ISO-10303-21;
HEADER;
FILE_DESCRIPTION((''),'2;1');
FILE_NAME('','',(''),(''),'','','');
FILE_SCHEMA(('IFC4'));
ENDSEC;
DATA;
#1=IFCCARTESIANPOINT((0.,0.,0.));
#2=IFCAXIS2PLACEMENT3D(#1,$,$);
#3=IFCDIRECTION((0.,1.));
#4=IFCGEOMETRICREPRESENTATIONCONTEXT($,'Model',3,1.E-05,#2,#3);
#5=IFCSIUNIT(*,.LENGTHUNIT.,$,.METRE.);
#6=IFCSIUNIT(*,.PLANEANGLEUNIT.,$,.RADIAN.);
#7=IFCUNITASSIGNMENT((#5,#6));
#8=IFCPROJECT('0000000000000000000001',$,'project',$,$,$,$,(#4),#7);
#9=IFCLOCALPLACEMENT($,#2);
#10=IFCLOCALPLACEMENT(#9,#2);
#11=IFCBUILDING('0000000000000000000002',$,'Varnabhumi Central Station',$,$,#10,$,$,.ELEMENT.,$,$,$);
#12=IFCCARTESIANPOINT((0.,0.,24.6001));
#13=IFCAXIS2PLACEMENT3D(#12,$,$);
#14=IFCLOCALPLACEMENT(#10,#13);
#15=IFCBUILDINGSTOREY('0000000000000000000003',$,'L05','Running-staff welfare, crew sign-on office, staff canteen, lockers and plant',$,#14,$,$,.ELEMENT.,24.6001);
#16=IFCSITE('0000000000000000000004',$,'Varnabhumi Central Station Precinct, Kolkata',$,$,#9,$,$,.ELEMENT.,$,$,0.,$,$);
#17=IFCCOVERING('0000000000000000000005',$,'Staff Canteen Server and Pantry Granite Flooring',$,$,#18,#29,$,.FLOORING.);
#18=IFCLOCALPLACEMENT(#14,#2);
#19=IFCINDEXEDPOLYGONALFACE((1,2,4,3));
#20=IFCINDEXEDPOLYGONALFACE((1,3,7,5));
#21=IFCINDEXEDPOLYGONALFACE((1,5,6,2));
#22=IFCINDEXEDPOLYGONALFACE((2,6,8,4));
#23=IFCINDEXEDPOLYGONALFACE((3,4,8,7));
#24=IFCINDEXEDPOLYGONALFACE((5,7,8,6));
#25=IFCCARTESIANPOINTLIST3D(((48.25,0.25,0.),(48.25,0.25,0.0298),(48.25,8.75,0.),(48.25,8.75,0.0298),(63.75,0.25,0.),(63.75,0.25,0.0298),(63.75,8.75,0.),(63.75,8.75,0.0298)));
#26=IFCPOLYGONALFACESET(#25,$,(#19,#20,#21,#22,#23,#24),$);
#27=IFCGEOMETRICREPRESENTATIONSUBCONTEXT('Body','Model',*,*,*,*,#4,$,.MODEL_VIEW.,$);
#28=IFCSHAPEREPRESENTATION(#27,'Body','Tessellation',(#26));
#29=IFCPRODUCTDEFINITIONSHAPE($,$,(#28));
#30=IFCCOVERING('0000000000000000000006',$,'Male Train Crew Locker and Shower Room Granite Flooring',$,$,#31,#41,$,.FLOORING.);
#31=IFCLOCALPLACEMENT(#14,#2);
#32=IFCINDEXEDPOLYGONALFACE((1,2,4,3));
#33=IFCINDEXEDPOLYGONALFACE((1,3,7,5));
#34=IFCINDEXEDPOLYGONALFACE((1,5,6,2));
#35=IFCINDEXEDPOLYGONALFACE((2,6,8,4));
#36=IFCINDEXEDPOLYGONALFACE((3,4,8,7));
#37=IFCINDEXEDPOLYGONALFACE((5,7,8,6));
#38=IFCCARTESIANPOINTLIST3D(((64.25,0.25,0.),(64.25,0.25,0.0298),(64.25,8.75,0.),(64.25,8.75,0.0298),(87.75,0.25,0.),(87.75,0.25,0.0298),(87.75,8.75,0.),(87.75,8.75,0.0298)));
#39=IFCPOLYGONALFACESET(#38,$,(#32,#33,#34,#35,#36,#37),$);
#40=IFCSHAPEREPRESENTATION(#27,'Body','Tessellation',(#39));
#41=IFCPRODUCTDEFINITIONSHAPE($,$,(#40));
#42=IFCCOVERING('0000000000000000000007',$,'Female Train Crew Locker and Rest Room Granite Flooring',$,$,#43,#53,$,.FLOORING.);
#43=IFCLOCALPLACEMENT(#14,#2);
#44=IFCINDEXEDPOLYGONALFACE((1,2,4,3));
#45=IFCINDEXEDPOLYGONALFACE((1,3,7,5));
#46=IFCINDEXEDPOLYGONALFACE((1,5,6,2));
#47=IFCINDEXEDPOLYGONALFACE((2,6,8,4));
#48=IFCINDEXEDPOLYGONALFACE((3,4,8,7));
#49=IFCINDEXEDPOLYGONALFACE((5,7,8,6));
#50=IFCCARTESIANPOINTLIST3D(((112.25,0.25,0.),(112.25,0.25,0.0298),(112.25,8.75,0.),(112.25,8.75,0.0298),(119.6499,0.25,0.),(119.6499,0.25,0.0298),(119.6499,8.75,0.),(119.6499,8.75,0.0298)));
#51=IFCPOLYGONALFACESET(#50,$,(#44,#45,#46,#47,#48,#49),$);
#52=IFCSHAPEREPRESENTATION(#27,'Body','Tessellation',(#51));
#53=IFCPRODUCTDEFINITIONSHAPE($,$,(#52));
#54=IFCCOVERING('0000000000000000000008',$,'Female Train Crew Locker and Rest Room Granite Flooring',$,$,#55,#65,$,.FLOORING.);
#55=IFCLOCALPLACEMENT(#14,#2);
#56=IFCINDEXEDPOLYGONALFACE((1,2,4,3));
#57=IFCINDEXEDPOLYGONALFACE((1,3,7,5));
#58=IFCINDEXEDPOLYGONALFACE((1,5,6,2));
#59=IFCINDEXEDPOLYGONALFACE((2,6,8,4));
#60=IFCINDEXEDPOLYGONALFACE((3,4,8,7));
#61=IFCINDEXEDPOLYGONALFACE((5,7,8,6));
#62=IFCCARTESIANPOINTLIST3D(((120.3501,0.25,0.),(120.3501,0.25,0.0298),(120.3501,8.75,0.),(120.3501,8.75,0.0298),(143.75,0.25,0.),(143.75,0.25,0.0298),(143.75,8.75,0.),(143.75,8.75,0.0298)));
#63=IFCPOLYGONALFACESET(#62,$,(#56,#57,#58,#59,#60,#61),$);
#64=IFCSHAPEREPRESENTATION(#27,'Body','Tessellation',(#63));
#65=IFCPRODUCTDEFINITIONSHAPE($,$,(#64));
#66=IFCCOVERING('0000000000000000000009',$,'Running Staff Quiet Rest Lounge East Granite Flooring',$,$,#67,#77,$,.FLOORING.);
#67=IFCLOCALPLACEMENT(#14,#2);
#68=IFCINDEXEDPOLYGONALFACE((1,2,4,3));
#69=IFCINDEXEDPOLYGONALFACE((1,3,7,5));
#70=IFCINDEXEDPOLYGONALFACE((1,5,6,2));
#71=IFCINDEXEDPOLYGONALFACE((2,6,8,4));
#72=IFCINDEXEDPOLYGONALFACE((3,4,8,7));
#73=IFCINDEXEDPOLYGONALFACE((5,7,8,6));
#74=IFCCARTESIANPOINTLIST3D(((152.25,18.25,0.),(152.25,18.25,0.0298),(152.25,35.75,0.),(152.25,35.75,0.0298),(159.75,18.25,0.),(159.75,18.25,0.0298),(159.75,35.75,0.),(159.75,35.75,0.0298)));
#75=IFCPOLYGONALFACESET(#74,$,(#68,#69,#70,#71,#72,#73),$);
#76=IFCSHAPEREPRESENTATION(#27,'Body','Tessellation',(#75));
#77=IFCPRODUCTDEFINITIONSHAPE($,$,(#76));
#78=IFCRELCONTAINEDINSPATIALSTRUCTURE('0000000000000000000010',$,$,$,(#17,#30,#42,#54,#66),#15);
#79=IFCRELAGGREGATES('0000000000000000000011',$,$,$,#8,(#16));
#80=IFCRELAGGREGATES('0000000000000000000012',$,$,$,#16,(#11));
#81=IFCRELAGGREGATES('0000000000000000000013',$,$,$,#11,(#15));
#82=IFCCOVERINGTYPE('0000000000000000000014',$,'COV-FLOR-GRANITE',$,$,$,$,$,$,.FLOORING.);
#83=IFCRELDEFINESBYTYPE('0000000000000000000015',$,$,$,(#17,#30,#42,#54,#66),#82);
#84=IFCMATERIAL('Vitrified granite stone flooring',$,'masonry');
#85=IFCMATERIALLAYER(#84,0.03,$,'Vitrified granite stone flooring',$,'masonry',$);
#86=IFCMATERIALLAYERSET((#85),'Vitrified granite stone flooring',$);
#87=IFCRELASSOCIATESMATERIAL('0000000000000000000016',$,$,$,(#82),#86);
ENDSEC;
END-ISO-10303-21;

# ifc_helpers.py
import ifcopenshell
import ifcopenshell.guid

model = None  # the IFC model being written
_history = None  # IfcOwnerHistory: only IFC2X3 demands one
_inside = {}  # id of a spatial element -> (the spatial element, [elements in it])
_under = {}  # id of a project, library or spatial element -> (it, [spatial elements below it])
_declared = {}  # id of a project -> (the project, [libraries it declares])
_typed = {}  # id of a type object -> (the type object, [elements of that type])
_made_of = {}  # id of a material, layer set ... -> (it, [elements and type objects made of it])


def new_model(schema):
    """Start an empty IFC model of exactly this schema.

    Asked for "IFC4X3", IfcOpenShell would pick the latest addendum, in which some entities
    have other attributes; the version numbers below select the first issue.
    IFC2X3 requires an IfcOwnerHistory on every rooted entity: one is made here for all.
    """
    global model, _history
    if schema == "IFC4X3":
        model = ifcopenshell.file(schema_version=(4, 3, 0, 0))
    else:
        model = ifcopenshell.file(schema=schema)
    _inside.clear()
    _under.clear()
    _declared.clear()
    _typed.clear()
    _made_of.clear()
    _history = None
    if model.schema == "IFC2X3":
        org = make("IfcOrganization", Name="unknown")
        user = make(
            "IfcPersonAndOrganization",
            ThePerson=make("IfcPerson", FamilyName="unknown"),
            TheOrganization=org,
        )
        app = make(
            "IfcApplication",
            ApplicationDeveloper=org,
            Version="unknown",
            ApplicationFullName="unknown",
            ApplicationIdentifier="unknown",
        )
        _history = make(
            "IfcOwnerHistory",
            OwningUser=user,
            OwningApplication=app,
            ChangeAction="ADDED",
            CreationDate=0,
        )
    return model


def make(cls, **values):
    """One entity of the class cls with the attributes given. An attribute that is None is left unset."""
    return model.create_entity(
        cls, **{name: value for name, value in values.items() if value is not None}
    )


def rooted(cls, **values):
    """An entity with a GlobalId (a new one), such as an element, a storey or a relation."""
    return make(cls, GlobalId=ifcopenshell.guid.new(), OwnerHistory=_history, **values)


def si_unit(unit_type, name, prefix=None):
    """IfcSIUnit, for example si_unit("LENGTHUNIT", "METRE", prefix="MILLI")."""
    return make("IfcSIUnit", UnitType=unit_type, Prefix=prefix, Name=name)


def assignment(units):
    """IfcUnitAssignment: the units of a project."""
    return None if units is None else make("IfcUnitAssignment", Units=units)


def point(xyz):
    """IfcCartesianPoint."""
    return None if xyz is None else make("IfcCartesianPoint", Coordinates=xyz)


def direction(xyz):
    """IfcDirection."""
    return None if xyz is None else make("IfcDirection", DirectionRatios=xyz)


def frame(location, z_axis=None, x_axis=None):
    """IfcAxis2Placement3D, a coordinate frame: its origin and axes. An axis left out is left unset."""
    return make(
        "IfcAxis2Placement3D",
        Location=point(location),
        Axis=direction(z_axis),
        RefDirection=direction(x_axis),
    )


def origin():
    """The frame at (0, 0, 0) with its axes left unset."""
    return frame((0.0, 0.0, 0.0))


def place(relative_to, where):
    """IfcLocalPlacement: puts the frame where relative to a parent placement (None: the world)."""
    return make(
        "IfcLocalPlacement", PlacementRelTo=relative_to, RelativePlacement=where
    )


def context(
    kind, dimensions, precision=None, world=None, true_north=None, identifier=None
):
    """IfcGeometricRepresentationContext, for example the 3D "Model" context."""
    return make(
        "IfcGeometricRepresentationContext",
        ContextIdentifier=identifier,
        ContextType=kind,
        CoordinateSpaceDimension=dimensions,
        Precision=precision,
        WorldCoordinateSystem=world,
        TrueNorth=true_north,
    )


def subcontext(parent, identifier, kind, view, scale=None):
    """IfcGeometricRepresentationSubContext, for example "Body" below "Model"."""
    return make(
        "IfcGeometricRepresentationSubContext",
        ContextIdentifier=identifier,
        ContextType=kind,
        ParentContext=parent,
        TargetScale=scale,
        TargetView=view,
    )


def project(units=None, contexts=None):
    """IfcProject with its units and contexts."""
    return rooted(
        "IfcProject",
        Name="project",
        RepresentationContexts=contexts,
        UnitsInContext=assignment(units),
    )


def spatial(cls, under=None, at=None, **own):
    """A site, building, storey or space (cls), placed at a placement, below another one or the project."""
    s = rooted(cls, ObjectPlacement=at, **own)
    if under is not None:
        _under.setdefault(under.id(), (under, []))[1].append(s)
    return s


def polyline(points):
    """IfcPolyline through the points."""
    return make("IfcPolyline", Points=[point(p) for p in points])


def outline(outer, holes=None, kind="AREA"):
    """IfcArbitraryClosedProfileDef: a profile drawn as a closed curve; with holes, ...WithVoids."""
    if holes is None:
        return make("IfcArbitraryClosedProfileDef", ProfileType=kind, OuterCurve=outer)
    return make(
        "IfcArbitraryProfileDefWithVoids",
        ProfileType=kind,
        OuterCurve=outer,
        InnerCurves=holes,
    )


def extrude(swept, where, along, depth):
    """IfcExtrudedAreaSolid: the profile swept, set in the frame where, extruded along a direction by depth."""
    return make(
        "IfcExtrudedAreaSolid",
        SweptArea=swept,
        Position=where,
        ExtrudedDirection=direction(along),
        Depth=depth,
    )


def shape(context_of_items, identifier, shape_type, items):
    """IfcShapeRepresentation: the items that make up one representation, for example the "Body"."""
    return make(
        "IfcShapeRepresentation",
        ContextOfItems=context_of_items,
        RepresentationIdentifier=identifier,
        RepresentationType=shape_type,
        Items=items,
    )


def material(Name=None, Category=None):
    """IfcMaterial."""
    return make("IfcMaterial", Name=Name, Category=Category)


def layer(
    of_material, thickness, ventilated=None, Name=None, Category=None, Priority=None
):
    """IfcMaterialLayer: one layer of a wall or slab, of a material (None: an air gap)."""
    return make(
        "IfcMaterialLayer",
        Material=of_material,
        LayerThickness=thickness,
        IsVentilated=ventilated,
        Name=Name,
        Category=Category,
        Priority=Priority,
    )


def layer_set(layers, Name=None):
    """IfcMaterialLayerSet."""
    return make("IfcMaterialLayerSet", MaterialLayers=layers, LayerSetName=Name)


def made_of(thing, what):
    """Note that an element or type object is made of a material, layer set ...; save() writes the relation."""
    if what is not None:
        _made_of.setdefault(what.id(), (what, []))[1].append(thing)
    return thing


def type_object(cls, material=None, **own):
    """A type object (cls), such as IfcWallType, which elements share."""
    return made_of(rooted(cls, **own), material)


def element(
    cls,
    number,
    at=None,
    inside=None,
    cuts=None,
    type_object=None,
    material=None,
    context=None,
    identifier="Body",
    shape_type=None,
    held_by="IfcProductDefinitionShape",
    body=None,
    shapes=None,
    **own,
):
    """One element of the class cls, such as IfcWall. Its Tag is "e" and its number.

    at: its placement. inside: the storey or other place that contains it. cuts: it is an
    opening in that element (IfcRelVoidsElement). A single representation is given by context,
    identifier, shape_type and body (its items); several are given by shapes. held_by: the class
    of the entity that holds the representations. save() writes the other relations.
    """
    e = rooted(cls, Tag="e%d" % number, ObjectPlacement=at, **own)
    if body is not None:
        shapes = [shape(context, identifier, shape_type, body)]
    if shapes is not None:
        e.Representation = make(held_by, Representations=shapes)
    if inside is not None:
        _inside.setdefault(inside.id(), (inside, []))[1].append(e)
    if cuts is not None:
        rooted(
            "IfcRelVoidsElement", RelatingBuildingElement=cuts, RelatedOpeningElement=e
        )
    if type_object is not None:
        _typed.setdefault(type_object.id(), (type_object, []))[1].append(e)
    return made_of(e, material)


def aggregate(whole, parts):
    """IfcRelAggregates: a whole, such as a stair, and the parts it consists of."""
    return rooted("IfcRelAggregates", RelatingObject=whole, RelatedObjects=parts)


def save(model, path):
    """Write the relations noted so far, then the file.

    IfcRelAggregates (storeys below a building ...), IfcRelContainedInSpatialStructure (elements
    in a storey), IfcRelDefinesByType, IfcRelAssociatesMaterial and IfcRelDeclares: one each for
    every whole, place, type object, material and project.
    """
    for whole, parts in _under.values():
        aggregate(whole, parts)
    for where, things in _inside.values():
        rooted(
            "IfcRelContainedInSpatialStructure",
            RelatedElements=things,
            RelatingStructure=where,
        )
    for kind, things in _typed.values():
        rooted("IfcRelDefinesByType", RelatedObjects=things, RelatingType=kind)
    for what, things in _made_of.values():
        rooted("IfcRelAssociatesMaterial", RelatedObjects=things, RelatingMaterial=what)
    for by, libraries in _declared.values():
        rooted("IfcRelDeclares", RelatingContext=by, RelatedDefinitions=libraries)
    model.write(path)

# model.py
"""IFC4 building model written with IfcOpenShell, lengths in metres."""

from ifc_helpers import new_model, si_unit, direction, frame, origin, place, context, subcontext, project, spatial, polyline, outline, extrude, material, layer, layer_set, type_object, element, save


model = new_model("IFC4")

# Units and contexts
model_context = context("Model", 3, precision=1e-05, world=origin(), true_north=direction((0.0, 1.0)))
body_context = subcontext(model_context, "Body", "Model", "MODEL_VIEW")
ifc_project = project(units=[si_unit("LENGTHUNIT", "METRE"), si_unit("PLANEANGLEUNIT", "RADIAN")], contexts=[model_context])

# Site, building, storey
site_placement = place(None, origin())
site = spatial("IfcSite", under=ifc_project, at=site_placement, Name="Varnabhumi Central Station Precinct, Kolkata", CompositionType="ELEMENT", RefElevation=0.0)
building_placement = place(site_placement, origin())
building = spatial("IfcBuilding", under=site, at=building_placement, Name="Varnabhumi Central Station", CompositionType="ELEMENT")
storey_placement = place(building_placement, frame((0.0, 0.0, 24.6001)))
storey = spatial("IfcBuildingStorey", under=building, at=storey_placement, Name="L05", Description="Running-staff welfare, crew sign-on office, staff canteen, lockers and plant", CompositionType="ELEMENT", Elevation=24.6001)

# Coverings
ifc_material_1 = material(Name="Vitrified granite stone flooring", Category="masonry")
ifc_layer_1 = layer(ifc_material_1, 0.03, Name="Vitrified granite stone flooring", Category="masonry")
ifc_layer_set_1 = layer_set([ifc_layer_1], Name="Vitrified granite stone flooring")
covering_type_1 = type_object("IfcCoveringType", Name="COV-FLOR-GRANITE", PredefinedType="FLOORING", material=ifc_layer_set_1)
covering_1_placement = place(storey_placement, origin())
element("IfcCovering", 1, at=covering_1_placement, inside=storey, type_object=covering_type_1, Name="Staff Canteen Server and Pantry Granite Flooring", PredefinedType="FLOORING", context=body_context, shape_type="SweptSolid", body=[
    extrude(outline(polyline([(48.25, 0.25), (63.75, 0.25), (63.75, 8.75), (48.25, 8.75), (48.25, 0.25)])), origin(), (0.0, 0.0, 1.0), 0.0298),
])
covering_2_placement = place(storey_placement, origin())
element("IfcCovering", 2, at=covering_2_placement, inside=storey, type_object=covering_type_1, Name="Male Train Crew Locker and Shower Room Granite Flooring", PredefinedType="FLOORING", context=body_context, shape_type="SweptSolid", body=[
    extrude(outline(polyline([(64.25, 0.25), (87.75, 0.25), (87.75, 8.75), (64.25, 8.75), (64.25, 0.25)])), origin(), (0.0, 0.0, 1.0), 0.0298),
])
covering_3_placement = place(storey_placement, origin())
element("IfcCovering", 3, at=covering_3_placement, inside=storey, type_object=covering_type_1, Name="Female Train Crew Locker and Rest Room Granite Flooring", PredefinedType="FLOORING", context=body_context, shape_type="SweptSolid", body=[
    extrude(outline(polyline([(112.25, 0.25), (119.6499, 0.25), (119.6499, 8.75), (112.25, 8.75), (112.25, 0.25)])), origin(), (0.0, 0.0, 1.0), 0.0298),
])
covering_4_placement = place(storey_placement, origin())
element("IfcCovering", 4, at=covering_4_placement, inside=storey, type_object=covering_type_1, Name="Female Train Crew Locker and Rest Room Granite Flooring", PredefinedType="FLOORING", context=body_context, shape_type="SweptSolid", body=[
    extrude(outline(polyline([(120.3501, 0.25), (143.75, 0.25), (143.75, 8.75), (120.3501, 8.75), (120.3501, 0.25)])), origin(), (0.0, 0.0, 1.0), 0.0298),
])
covering_5_placement = place(storey_placement, origin())
element("IfcCovering", 5, at=covering_5_placement, inside=storey, type_object=covering_type_1, Name="Running Staff Quiet Rest Lounge East Granite Flooring", PredefinedType="FLOORING", context=body_context, shape_type="SweptSolid", body=[
    extrude(outline(polyline([(152.25, 18.25), (159.75, 18.25), (159.75, 35.75), (152.25, 35.75), (152.25, 18.25)])), origin(), (0.0, 0.0, 1.0), 0.0298),
])

save(model, "model.ifc")
